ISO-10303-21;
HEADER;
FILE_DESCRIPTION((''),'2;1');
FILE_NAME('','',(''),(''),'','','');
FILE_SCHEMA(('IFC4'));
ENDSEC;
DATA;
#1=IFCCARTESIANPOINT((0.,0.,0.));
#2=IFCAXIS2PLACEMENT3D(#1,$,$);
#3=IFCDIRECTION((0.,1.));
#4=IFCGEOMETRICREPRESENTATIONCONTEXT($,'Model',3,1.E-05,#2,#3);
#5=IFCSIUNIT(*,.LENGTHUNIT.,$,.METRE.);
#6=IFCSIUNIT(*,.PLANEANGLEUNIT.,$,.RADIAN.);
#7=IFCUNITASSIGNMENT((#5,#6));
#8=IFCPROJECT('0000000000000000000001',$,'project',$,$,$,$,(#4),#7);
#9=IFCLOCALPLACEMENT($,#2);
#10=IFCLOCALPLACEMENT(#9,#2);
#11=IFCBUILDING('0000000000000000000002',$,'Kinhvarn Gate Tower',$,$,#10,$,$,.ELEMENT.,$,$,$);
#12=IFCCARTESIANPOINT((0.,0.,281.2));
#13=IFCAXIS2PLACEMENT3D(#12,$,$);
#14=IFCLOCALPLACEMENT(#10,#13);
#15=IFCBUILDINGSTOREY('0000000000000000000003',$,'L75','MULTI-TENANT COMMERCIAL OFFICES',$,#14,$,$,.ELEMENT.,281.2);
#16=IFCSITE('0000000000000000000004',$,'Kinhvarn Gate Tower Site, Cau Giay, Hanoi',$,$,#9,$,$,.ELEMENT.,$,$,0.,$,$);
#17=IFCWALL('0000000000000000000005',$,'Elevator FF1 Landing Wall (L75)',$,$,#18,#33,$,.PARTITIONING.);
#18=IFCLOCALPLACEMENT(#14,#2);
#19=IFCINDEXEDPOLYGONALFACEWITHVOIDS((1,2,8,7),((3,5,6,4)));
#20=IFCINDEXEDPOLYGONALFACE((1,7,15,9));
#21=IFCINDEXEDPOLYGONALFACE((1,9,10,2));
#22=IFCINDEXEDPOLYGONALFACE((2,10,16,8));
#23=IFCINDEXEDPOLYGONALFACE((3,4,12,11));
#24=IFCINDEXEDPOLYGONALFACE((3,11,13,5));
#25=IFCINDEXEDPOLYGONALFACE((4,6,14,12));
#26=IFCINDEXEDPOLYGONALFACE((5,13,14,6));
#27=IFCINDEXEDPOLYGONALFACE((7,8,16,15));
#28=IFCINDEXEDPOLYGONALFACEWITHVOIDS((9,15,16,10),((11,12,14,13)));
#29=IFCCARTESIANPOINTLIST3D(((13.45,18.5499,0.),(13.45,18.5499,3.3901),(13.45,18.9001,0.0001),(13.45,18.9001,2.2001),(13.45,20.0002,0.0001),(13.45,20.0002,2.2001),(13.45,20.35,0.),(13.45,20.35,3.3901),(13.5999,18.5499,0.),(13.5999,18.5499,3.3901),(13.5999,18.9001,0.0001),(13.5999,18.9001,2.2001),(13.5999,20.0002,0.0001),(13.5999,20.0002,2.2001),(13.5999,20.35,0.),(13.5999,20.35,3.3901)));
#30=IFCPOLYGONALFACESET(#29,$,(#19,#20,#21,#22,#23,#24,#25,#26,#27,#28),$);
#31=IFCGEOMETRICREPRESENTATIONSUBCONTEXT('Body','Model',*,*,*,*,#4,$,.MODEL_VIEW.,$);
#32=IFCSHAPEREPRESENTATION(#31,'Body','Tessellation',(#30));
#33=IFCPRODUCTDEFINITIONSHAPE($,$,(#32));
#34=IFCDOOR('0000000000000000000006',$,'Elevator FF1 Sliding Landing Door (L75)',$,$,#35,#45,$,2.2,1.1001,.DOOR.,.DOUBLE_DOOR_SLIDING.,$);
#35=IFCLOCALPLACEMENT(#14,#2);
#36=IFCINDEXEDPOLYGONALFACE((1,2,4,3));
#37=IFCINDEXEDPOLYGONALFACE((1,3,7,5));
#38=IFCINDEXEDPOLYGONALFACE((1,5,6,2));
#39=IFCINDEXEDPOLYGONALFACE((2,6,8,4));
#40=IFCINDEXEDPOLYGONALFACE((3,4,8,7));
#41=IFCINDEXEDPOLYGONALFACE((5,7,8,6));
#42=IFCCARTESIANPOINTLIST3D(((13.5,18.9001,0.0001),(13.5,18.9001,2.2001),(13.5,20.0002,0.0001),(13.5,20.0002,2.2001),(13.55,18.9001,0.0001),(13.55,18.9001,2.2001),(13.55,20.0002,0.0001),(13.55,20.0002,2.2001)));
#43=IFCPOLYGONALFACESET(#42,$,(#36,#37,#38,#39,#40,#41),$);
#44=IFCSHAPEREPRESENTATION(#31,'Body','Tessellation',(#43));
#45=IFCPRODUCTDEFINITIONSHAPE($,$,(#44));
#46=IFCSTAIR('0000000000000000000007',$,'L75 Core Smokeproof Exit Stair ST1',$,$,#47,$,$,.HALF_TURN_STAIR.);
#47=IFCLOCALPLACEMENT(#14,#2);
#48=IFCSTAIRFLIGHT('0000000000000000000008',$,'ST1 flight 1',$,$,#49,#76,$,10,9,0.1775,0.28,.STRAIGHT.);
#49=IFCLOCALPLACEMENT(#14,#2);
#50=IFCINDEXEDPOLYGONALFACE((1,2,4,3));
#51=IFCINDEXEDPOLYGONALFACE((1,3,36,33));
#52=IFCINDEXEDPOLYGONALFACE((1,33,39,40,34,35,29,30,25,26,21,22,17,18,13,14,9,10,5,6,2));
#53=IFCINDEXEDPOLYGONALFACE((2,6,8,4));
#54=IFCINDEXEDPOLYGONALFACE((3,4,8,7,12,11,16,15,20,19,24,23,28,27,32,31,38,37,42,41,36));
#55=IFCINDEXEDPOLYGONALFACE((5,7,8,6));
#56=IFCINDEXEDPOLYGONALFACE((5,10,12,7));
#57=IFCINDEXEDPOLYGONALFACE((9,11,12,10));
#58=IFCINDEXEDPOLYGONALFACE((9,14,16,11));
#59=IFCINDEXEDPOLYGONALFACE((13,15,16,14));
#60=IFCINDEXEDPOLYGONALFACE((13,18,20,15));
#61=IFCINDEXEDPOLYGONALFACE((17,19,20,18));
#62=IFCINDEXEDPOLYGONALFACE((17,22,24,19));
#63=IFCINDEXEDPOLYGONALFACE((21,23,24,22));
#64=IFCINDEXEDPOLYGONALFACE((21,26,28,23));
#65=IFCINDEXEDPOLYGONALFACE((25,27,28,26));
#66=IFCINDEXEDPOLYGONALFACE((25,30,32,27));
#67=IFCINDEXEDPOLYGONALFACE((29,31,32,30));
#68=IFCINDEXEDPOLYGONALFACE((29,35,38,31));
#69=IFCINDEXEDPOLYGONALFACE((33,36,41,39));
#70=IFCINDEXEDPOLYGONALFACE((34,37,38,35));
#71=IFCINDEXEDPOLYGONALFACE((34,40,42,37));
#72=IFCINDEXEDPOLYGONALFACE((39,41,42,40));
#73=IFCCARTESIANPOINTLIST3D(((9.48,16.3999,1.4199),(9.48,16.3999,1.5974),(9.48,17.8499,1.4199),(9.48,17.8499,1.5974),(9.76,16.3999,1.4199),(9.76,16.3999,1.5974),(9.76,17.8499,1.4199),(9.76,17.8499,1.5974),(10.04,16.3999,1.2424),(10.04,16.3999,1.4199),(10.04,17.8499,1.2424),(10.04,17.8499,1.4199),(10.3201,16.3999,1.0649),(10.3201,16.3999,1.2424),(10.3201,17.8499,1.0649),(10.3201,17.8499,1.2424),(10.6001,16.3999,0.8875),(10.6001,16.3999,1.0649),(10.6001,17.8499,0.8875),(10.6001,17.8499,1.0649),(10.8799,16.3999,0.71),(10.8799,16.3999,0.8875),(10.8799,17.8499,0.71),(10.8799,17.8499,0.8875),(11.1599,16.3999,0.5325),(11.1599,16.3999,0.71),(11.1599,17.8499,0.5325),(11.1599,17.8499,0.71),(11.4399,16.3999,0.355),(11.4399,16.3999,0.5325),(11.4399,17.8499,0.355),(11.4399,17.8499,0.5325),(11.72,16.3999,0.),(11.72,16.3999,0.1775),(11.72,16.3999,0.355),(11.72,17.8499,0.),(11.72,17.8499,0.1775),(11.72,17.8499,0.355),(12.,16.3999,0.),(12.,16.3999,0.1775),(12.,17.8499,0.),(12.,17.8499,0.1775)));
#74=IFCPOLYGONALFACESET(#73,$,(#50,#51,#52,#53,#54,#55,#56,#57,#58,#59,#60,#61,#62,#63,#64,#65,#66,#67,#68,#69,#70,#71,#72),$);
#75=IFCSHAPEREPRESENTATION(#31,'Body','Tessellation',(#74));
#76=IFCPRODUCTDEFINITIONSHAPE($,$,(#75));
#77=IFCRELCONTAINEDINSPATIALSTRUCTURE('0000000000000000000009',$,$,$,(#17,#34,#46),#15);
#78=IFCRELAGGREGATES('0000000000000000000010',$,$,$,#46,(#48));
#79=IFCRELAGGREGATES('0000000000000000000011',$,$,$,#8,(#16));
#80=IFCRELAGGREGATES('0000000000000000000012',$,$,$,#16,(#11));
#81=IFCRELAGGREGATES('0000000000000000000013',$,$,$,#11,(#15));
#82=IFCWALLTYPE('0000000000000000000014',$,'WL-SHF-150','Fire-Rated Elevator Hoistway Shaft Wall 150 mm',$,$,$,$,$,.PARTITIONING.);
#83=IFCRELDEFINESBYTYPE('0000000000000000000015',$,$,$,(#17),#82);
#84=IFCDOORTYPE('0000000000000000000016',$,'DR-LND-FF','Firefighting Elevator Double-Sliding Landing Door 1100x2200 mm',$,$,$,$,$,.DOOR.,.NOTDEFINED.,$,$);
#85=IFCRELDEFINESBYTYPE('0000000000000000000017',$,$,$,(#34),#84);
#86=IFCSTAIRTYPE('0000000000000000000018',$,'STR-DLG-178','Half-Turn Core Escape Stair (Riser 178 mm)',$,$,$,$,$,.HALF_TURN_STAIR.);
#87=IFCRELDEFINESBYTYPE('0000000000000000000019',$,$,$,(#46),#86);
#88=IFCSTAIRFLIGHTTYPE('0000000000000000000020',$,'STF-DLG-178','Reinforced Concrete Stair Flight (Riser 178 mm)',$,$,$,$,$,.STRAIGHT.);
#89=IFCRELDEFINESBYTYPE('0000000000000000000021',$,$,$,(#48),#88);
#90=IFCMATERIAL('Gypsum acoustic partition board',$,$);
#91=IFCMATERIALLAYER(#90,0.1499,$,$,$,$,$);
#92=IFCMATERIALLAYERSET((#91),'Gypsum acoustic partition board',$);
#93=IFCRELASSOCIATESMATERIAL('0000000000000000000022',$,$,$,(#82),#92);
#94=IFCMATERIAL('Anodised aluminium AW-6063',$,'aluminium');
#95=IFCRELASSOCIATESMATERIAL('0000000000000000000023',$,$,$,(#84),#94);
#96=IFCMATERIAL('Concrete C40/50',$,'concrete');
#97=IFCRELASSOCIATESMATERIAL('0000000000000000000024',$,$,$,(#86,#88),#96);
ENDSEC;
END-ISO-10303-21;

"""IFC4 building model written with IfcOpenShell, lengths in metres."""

from ifc_helpers import new_model, si_unit, direction, frame, frame_2d, origin, place, context, subcontext, project, spatial, polyline, rectangle, outline, extrude, material, layer, layer_set, type_object, element, fill, aggregate, save


model = new_model("IFC4")

# Units and contexts
model_context = context("Model", 3, precision=1e-05, world=origin(), true_north=direction((0.0, 1.0)))
body_context = subcontext(model_context, "Body", "Model", "MODEL_VIEW")
ifc_project = project(units=[si_unit("LENGTHUNIT", "METRE"), si_unit("PLANEANGLEUNIT", "RADIAN")], contexts=[model_context])

# Site, building, storey
site_placement = place(None, origin())
site = spatial("IfcSite", under=ifc_project, at=site_placement, Name="Kinhvarn Gate Tower Site, Cau Giay, Hanoi", CompositionType="ELEMENT", RefElevation=0.0)
building_placement = place(site_placement, origin())
building = spatial("IfcBuilding", under=site, at=building_placement, Name="Kinhvarn Gate Tower", CompositionType="ELEMENT")
storey_placement = place(building_placement, frame((0.0, 0.0, 281.2)))
storey = spatial("IfcBuildingStorey", under=building, at=storey_placement, Name="L75", Description="MULTI-TENANT COMMERCIAL OFFICES", CompositionType="ELEMENT", Elevation=281.2)

# Shared definitions
ifc_material_1 = material(Name="Anodised aluminium AW-6063", Category="aluminium")

# Shared definitions
ifc_material_2 = material(Name="Gypsum acoustic partition board")

# Shared definitions
ifc_layer_1 = layer(ifc_material_2, 0.1499)
ifc_layer_set_1 = layer_set([ifc_layer_1], Name="Gypsum acoustic partition board")
wall_type_1 = type_object("IfcWallType", Name="WL-SHF-150", Description="Fire-Rated Elevator Hoistway Shaft Wall 150 mm", PredefinedType="PARTITIONING", material=ifc_layer_set_1)

# Wall, opening, door
wall_1_placement = place(storey_placement, frame((13.5249, 18.55, 0.0), z_axis=(0.0, 0.0, 1.0), x_axis=(0.0, 1.0, 0.0)))
wall_1 = element("IfcWall", 1, at=wall_1_placement, inside=storey, type_object=wall_type_1, Name="Elevator FF1 Landing Wall (L75)", PredefinedType="PARTITIONING", context=body_context, shape_type="SweptSolid", body=[
    extrude(rectangle(XDim=1.8, YDim=0.1499, at=frame_2d((0.8999, 0.0))), origin(), (0.0, 0.0, 1.0), 3.3901),
])
opening_1_placement = place(wall_1_placement, frame((0.3501, 0.0, 0.0)))
opening_1 = element("IfcOpeningElement", 2, at=opening_1_placement, cuts=wall_1, PredefinedType="OPENING", context=body_context, shape_type="SweptSolid", body=[
    extrude(rectangle(XDim=1.1001, YDim=2.2, at=frame_2d((0.55, 1.1001))), frame((0.0, 0.085, 0.0), z_axis=(0.0, -1.0, 0.0), x_axis=(1.0, 0.0, 0.0)), (0.0, 0.0, 1.0), 0.1699),
])
door_type_1 = type_object("IfcDoorType", Name="DR-LND-FF", Description="Firefighting Elevator Double-Sliding Landing Door 1100x2200 mm", OperationType="NOTDEFINED", PredefinedType="DOOR", material=ifc_material_1)
door_1_placement = place(opening_1_placement, origin())
door_1 = element("IfcDoor", 3, at=door_1_placement, inside=storey, type_object=door_type_1, Name="Elevator FF1 Sliding Landing Door (L75)", OperationType="DOUBLE_DOOR_SLIDING", OverallHeight=2.2, OverallWidth=1.1001, PredefinedType="DOOR", context=body_context, shape_type="SweptSolid", body=[
    extrude(rectangle(XDim=1.1001, YDim=2.2, at=frame_2d((0.55, 1.1001))), frame((0.0, 0.0249, 0.0), z_axis=(0.0, -1.0, 0.0), x_axis=(1.0, 0.0, 0.0)), (0.0, 0.0, 1.0), 0.05),
])
fill(opening_1, door_1)
ifc_material_3 = material(Name="Concrete C40/50", Category="concrete")

# Stair, stair flight
stair_type = type_object("IfcStairType", Name="STR-DLG-178", Description="Half-Turn Core Escape Stair (Riser 178 mm)", PredefinedType="HALF_TURN_STAIR", material=ifc_material_3)
stair_placement = place(storey_placement, origin())
stair = element("IfcStair", 4, at=stair_placement, inside=storey, type_object=stair_type, Name="L75 Core Smokeproof Exit Stair ST1", PredefinedType="HALF_TURN_STAIR")
stair_flight_type = type_object("IfcStairFlightType", Name="STF-DLG-178", Description="Reinforced Concrete Stair Flight (Riser 178 mm)", PredefinedType="STRAIGHT", material=ifc_material_3)
stair_flight_placement = place(storey_placement, frame((12.0, 17.125, 0.0), z_axis=(0.0, 0.0, 1.0), x_axis=(-1.0, 0.0, 0.0)))
stair_flight = element("IfcStairFlight", 5, at=stair_flight_placement, type_object=stair_flight_type, Name="ST1 flight 1", NumberOfRisers=10, NumberOfTreads=9, PredefinedType="STRAIGHT", RiserHeight=0.1775, TreadLength=0.28, context=body_context, shape_type="SweptSolid", body=[
    extrude(outline(polyline([(0.0, 0.0), (0.0, 0.1775), (0.28, 0.1775), (0.28, 0.355), (0.5601, 0.355), (0.5601, 0.5325), (0.8401, 0.5325), (0.8401, 0.71), (1.1201, 0.71), (1.1201, 0.8875), (1.3999, 0.8875), (1.3999, 1.0649), (1.6799, 1.0649), (1.6799, 1.2424), (1.96, 1.2424), (1.96, 1.4199), (2.24, 1.4199), (2.24, 1.5974), (2.52, 1.5974), (2.52, 1.7749), (2.52, 1.4199), (0.28, 0.0), (0.0, 0.0)])), frame((0.0, 0.7251, 0.0), z_axis=(0.0, -1.0, 0.0), x_axis=(1.0, 0.0, 0.0)), (0.0, 0.0, 1.0), 1.45),
])
aggregate(stair, [stair_flight])

save(model, "model.ifc")
